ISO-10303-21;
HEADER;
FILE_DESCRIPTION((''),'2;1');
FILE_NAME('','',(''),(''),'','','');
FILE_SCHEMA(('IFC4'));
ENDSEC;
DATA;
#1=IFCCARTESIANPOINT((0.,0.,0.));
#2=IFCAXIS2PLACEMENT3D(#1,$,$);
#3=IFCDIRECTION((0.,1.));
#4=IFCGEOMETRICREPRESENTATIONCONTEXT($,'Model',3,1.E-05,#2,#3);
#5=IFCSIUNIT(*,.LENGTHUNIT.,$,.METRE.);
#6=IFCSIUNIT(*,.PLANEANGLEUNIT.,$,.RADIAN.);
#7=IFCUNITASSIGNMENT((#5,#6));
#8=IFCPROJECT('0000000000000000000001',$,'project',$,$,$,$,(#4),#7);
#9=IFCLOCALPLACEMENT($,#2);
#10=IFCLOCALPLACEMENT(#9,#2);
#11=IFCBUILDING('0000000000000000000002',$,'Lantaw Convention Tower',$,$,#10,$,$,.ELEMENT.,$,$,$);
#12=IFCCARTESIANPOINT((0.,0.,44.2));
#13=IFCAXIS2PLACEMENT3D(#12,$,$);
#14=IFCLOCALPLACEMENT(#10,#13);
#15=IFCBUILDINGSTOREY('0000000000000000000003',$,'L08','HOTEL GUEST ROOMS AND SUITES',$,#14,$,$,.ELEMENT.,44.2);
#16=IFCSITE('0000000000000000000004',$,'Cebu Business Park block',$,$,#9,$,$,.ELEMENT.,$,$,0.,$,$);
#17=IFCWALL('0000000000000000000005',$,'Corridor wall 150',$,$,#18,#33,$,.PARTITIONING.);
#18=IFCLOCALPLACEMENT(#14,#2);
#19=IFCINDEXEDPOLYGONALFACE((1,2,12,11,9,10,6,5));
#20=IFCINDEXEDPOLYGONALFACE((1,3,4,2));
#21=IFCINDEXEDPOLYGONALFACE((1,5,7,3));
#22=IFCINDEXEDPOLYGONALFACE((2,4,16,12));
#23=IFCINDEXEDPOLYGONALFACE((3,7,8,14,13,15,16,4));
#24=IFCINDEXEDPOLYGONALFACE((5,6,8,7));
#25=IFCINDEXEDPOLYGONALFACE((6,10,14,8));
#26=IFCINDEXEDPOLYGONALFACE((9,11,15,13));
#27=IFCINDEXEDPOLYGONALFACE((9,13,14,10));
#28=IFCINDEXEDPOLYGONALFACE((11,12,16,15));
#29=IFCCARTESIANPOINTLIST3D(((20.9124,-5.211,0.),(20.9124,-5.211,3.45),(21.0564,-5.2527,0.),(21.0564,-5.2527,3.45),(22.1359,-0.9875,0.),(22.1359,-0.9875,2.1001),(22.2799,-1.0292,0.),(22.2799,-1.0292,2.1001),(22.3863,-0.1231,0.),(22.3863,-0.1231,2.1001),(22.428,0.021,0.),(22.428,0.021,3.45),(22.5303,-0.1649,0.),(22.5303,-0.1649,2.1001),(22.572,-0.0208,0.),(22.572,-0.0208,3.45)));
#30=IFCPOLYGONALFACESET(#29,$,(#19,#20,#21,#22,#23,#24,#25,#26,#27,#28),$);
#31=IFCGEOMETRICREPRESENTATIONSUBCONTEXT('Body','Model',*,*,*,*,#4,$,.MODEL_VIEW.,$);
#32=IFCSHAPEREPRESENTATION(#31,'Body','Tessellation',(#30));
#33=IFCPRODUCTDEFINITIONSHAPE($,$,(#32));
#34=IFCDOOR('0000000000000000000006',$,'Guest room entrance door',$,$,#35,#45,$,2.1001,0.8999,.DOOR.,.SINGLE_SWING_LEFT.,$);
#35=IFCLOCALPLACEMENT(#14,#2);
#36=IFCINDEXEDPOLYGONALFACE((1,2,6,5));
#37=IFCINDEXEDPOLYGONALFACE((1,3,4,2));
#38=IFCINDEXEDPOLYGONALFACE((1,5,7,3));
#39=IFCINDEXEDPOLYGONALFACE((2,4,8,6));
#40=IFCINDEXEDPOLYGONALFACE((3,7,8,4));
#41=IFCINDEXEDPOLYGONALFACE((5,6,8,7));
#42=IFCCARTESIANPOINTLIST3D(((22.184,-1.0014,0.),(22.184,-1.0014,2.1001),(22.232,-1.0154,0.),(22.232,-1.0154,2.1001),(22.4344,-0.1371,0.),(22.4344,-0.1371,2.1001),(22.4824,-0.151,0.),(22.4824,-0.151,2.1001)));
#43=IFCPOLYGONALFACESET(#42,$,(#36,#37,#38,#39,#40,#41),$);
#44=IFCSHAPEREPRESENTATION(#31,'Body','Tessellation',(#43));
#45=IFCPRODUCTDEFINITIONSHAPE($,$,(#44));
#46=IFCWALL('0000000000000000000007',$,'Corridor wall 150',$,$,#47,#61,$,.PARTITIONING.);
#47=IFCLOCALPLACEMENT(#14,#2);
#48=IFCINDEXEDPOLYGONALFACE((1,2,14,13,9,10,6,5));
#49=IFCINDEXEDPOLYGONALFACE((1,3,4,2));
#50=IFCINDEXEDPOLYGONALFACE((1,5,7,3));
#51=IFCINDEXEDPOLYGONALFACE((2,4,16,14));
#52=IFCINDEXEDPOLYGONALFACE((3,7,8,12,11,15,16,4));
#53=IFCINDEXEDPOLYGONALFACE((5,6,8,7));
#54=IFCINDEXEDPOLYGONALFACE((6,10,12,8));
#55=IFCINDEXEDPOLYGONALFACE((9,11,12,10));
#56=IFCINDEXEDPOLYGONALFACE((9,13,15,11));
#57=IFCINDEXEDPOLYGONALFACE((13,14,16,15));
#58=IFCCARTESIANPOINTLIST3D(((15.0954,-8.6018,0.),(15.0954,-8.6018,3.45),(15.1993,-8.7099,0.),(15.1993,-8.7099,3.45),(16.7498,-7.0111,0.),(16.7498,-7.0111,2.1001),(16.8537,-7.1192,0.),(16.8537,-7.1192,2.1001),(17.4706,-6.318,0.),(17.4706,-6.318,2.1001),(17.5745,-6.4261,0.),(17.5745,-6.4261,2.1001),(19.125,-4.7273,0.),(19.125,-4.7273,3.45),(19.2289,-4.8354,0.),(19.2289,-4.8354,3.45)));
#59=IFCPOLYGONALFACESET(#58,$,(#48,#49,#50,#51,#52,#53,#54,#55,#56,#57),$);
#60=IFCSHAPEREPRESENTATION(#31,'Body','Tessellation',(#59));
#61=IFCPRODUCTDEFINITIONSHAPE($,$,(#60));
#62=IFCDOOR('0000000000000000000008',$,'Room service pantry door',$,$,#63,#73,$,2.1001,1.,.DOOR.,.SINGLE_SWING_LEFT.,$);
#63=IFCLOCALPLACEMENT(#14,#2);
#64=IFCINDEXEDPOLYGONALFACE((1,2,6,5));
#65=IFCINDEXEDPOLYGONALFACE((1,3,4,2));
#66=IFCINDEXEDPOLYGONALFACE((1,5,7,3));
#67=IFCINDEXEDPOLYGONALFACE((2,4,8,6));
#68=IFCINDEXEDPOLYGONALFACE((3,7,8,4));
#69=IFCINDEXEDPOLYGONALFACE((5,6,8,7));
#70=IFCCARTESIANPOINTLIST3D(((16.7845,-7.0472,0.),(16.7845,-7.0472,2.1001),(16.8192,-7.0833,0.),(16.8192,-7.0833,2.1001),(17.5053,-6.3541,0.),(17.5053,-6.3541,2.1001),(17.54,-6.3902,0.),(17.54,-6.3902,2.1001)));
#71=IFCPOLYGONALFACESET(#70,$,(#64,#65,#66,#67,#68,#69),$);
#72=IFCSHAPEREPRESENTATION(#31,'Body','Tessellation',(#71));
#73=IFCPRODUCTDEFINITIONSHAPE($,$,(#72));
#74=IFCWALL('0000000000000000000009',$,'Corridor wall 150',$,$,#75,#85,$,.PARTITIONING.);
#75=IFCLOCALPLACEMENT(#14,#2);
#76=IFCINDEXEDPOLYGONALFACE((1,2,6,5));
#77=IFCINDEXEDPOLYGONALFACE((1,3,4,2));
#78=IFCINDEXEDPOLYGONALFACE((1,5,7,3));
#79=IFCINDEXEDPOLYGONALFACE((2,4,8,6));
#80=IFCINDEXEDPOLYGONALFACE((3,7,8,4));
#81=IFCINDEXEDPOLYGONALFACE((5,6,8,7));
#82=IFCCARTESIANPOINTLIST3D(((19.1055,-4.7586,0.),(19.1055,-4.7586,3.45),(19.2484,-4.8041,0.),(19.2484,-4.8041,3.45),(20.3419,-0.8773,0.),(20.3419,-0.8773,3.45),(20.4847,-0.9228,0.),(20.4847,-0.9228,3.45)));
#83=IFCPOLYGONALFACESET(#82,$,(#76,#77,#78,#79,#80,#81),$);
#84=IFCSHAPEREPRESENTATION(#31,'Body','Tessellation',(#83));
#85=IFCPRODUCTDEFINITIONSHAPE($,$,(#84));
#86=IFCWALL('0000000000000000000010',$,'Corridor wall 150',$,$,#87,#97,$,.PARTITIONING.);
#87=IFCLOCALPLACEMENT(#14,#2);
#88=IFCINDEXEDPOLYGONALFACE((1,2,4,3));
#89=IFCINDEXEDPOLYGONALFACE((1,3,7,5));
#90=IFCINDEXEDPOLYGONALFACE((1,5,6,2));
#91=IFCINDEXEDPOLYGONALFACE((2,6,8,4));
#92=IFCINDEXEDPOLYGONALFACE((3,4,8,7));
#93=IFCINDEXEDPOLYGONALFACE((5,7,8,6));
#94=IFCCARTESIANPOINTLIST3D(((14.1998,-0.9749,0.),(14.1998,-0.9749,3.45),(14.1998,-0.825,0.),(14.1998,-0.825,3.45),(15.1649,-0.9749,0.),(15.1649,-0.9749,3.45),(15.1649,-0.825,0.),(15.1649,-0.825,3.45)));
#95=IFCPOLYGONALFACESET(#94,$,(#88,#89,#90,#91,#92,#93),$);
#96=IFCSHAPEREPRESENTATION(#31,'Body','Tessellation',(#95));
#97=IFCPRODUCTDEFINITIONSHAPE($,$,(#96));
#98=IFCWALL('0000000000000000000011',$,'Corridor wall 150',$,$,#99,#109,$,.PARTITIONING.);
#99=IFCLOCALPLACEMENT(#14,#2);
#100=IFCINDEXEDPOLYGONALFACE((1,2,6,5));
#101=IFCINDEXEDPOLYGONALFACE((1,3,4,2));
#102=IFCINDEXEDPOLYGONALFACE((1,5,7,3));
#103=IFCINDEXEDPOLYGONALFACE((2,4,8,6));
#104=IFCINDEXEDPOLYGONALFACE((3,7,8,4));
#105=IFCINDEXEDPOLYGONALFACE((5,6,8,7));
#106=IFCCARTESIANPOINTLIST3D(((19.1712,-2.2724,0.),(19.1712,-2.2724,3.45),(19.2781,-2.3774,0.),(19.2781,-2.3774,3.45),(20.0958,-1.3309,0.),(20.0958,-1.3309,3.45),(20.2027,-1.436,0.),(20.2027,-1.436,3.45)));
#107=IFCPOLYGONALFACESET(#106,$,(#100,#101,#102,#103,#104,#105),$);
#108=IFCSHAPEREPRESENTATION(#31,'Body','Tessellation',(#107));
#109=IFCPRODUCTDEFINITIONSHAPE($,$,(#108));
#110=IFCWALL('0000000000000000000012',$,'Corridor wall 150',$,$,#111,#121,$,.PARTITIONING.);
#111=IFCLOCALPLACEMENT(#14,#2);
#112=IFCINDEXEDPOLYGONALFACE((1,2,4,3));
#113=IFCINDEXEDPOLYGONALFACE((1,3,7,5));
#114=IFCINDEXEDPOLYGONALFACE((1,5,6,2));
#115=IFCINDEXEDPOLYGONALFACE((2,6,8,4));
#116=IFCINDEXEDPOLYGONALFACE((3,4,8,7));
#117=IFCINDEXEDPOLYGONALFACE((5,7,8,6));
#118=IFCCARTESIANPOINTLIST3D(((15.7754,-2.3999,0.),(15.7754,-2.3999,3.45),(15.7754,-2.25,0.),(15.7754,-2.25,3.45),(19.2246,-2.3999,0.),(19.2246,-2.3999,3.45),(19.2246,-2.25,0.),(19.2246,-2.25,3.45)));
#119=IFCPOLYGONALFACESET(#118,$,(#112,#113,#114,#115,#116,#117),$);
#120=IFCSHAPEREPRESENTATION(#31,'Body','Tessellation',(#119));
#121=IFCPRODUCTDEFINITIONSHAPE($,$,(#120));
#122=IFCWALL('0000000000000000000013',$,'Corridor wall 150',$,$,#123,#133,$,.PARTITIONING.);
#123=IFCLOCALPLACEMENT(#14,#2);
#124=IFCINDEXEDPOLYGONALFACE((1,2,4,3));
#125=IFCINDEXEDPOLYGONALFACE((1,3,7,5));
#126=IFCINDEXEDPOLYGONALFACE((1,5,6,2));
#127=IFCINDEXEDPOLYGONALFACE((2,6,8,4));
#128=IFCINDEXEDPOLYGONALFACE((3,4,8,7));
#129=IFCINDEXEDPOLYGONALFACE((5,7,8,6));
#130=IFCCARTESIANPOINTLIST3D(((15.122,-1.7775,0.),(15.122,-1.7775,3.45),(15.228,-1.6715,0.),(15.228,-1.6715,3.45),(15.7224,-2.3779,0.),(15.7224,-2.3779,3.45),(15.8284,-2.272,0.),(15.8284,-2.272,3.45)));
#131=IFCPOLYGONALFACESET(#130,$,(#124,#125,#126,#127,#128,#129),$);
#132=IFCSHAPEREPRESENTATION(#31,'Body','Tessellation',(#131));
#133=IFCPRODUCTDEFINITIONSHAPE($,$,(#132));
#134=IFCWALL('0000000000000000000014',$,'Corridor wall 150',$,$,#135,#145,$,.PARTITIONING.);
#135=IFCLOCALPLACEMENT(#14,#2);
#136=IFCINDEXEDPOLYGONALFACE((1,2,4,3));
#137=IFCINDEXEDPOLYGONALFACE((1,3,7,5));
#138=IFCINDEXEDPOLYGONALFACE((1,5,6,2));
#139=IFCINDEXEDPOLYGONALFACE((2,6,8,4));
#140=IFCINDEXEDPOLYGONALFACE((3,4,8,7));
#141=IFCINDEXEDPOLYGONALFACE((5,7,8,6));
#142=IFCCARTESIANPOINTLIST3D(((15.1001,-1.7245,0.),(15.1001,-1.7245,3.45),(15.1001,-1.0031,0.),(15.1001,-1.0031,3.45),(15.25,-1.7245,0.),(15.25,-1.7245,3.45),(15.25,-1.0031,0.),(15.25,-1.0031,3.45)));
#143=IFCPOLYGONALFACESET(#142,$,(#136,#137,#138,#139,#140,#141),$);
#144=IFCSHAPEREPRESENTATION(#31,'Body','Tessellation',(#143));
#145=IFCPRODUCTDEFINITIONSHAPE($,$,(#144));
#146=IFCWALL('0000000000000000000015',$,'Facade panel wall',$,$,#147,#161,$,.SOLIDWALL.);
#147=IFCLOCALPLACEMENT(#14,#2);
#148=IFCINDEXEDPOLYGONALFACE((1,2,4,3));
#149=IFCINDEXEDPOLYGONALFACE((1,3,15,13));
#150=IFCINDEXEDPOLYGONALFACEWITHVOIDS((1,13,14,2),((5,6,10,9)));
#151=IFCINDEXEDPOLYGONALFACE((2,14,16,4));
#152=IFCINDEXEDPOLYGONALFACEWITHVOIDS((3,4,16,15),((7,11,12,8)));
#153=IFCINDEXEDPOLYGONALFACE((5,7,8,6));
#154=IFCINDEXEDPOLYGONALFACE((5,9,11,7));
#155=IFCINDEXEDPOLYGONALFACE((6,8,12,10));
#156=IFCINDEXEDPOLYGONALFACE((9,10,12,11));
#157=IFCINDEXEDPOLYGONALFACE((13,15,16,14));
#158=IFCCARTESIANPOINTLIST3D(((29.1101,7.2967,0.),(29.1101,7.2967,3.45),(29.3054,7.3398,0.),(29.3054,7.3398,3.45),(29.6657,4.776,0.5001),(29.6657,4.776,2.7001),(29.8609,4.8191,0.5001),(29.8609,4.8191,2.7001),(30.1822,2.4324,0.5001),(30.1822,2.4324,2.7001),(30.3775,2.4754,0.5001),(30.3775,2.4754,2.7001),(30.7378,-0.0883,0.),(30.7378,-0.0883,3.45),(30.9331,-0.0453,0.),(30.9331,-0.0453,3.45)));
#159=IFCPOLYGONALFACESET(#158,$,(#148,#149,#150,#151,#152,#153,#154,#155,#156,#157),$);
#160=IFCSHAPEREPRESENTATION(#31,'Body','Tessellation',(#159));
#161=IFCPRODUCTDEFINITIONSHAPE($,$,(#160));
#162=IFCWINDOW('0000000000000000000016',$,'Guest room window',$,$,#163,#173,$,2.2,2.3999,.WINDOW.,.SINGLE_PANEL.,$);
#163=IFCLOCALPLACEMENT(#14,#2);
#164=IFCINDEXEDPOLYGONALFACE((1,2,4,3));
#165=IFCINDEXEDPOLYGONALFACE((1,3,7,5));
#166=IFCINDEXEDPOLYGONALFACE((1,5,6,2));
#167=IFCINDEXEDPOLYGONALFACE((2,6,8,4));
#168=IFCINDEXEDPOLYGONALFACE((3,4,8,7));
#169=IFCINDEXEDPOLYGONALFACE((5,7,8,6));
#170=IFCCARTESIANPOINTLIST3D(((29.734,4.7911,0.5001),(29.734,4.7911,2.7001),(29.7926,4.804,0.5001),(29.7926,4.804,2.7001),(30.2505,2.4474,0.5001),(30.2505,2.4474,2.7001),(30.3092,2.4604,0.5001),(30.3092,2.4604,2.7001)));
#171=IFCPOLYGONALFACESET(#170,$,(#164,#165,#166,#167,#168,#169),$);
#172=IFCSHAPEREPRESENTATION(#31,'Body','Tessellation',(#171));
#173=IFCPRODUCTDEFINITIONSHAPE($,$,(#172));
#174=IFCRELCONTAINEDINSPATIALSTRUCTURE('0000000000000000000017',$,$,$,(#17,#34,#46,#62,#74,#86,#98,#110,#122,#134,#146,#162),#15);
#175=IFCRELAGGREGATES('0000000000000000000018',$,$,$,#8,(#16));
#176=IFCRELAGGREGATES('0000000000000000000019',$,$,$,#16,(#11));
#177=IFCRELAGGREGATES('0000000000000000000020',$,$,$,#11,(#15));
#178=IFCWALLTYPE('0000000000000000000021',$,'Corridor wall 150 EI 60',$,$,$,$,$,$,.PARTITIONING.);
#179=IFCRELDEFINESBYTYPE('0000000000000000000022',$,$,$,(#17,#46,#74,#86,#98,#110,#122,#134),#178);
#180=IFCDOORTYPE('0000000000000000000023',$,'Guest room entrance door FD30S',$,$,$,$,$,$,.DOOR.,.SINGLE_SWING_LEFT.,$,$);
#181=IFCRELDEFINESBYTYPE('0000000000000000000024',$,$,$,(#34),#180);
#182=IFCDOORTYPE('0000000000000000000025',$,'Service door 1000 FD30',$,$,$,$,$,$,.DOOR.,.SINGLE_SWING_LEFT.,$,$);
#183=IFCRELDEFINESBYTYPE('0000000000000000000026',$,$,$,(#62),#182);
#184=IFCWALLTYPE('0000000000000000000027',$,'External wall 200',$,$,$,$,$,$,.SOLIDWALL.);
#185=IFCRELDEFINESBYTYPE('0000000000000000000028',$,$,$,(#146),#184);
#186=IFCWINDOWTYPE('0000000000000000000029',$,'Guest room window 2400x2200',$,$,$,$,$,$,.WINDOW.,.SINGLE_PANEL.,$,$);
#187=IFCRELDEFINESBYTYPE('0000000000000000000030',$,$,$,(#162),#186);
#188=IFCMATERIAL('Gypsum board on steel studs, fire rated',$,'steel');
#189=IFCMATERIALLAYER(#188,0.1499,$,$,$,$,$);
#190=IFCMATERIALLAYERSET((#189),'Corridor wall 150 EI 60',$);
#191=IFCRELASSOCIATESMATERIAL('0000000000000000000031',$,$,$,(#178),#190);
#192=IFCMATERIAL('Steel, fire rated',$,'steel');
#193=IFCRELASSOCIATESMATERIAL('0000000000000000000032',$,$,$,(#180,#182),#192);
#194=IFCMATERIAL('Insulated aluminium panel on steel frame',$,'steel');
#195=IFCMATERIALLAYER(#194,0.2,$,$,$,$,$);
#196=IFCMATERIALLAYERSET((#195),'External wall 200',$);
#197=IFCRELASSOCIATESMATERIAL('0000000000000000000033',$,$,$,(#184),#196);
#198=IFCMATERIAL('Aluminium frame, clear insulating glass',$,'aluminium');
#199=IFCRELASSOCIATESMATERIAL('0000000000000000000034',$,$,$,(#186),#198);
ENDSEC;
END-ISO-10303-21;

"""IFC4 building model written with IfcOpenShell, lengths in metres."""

from ifc_helpers import new_model, si_unit, direction, frame, frame_2d, origin, place, context, subcontext, project, spatial, rectangle, extrude, material, layer, layer_set, type_object, element, fill, save


model = new_model("IFC4")

# Units and contexts
model_context = context("Model", 3, precision=1e-05, world=origin(), true_north=direction((0.0, 1.0)))
body_context = subcontext(model_context, "Body", "Model", "MODEL_VIEW")
ifc_project = project(units=[si_unit("LENGTHUNIT", "METRE"), si_unit("PLANEANGLEUNIT", "RADIAN")], contexts=[model_context])

# Site, building, storey
site_placement = place(None, origin())
site = spatial("IfcSite", under=ifc_project, at=site_placement, Name="Cebu Business Park block", CompositionType="ELEMENT", RefElevation=0.0)
building_placement = place(site_placement, origin())
building = spatial("IfcBuilding", under=site, at=building_placement, Name="Lantaw Convention Tower", CompositionType="ELEMENT")
storey_placement = place(building_placement, frame((0.0, 0.0, 44.2)))
storey = spatial("IfcBuildingStorey", under=building, at=storey_placement, Name="L08", Description="HOTEL GUEST ROOMS AND SUITES", CompositionType="ELEMENT", Elevation=44.2)

# Walls, openings, doors
ifc_material_1 = material(Name="Gypsum board on steel studs, fire rated", Category="steel")
ifc_layer_1 = layer(ifc_material_1, 0.1499)
ifc_layer_set_1 = layer_set([ifc_layer_1], Name="Corridor wall 150 EI 60")
wall_type_1 = type_object("IfcWallType", Name="Corridor wall 150 EI 60", PredefinedType="PARTITIONING", material=ifc_layer_set_1)
wall_1_placement = place(storey_placement, frame((20.9844, -5.2319, 0.0), z_axis=(0.0, 0.0, 1.0), x_axis=(0.278247, 0.960509, 0.0)))
wall_1 = element("IfcWall", 1, at=wall_1_placement, inside=storey, type_object=wall_type_1, Name="Corridor wall 150", PredefinedType="PARTITIONING", context=body_context, shape_type="SweptSolid", body=[
    extrude(rectangle(XDim=5.447, YDim=0.1499, at=frame_2d((2.7236, 0.0))), origin(), (0.0, 0.0, 1.0), 3.45),
])
opening_1_placement = place(wall_1_placement, frame((4.3972, 0.0, 0.0)))
opening_1 = element("IfcOpeningElement", 2, at=opening_1_placement, cuts=wall_1, PredefinedType="OPENING", context=body_context, shape_type="SweptSolid", body=[
    extrude(rectangle(XDim=0.8999, YDim=2.1001, at=frame_2d((0.45, 1.05))), frame((0.0, 0.085, 0.0), z_axis=(0.0, -1.0, 0.0), x_axis=(1.0, 0.0, 0.0)), (0.0, 0.0, 1.0), 0.1699),
])
ifc_material_2 = material(Name="Steel, fire rated", Category="steel")
door_type_1 = type_object("IfcDoorType", Name="Guest room entrance door FD30S", OperationType="SINGLE_SWING_LEFT", PredefinedType="DOOR", material=ifc_material_2)
door_1_placement = place(opening_1_placement, origin())
door_1 = element("IfcDoor", 3, at=door_1_placement, inside=storey, type_object=door_type_1, Name="Guest room entrance door", OperationType="SINGLE_SWING_LEFT", OverallHeight=2.1001, OverallWidth=0.8999, PredefinedType="DOOR", context=body_context, shape_type="SweptSolid", body=[
    extrude(rectangle(XDim=0.8999, YDim=2.1001, at=frame_2d((0.45, 1.05))), frame((0.0, 0.0249, 0.0), z_axis=(0.0, -1.0, 0.0), x_axis=(1.0, 0.0, 0.0)), (0.0, 0.0, 1.0), 0.05),
])
fill(opening_1, door_1)
wall_2_placement = place(storey_placement, frame((15.1475, -8.6558, 0.0), z_axis=(0.0, 0.0, 1.0), x_axis=(0.720837, 0.693104, 0.0)))
wall_2 = element("IfcWall", 4, at=wall_2_placement, inside=storey, type_object=wall_type_1, Name="Corridor wall 150", PredefinedType="PARTITIONING", context=body_context, shape_type="SweptSolid", body=[
    extrude(rectangle(XDim=5.5901, YDim=0.1499, at=frame_2d((2.7949, 0.0))), origin(), (0.0, 0.0, 1.0), 3.45),
])
opening_2_placement = place(wall_2_placement, frame((2.2949, 0.0, 0.0)))
opening_2 = element("IfcOpeningElement", 5, at=opening_2_placement, cuts=wall_2, PredefinedType="OPENING", context=body_context, shape_type="SweptSolid", body=[
    extrude(rectangle(XDim=1.0, YDim=2.1001, at=frame_2d((0.5, 1.05))), frame((0.0, 0.085, 0.0), z_axis=(0.0, -1.0, 0.0), x_axis=(1.0, 0.0, 0.0)), (0.0, 0.0, 1.0), 0.1699),
])
door_type_2 = type_object("IfcDoorType", Name="Service door 1000 FD30", OperationType="SINGLE_SWING_LEFT", PredefinedType="DOOR", material=ifc_material_2)
door_2_placement = place(opening_2_placement, origin())
door_2 = element("IfcDoor", 6, at=door_2_placement, inside=storey, type_object=door_type_2, Name="Room service pantry door", OperationType="SINGLE_SWING_LEFT", OverallHeight=2.1001, OverallWidth=1.0, PredefinedType="DOOR", context=body_context, shape_type="SweptSolid", body=[
    extrude(rectangle(XDim=1.0, YDim=2.1001, at=frame_2d((0.5, 1.05))), frame((0.0, 0.0249, 0.0), z_axis=(0.0, -1.0, 0.0), x_axis=(1.0, 0.0, 0.0)), (0.0, 0.0, 1.0), 0.05),
])
fill(opening_2, door_2)

# Walls
wall_3_placement = place(storey_placement, frame((19.177, -4.7812, 0.0), z_axis=(0.0, 0.0, 1.0), x_axis=(0.303505, 0.95283, 0.0)))
element("IfcWall", 7, at=wall_3_placement, inside=storey, type_object=wall_type_1, Name="Corridor wall 150", PredefinedType="PARTITIONING", context=body_context, shape_type="SweptSolid", body=[
    extrude(rectangle(XDim=4.0735, YDim=0.1499, at=frame_2d((2.0366, 0.0))), origin(), (0.0, 0.0, 1.0), 3.45),
])
wall_4_placement = place(storey_placement, frame((14.2, -0.8999, 0.0), z_axis=(0.0, 0.0, 1.0), x_axis=(1.0, 0.0, 0.0)))
element("IfcWall", 8, at=wall_4_placement, inside=storey, type_object=wall_type_1, Name="Corridor wall 150", PredefinedType="PARTITIONING", context=body_context, shape_type="SweptSolid", body=[
    extrude(rectangle(XDim=0.9651, YDim=0.1499, at=frame_2d((0.4824, 0.0))), origin(), (0.0, 0.0, 1.0), 3.45),
])
wall_5_placement = place(storey_placement, frame((20.1492, -1.3835, 0.0), z_axis=(0.0, 0.0, 1.0), x_axis=(-0.700695, -0.713461, 0.0)))
element("IfcWall", 9, at=wall_5_placement, inside=storey, type_object=wall_type_1, Name="Corridor wall 150", PredefinedType="PARTITIONING", context=body_context, shape_type="SweptSolid", body=[
    extrude(rectangle(XDim=1.3196, YDim=0.1499, at=frame_2d((0.6597, 0.0))), origin(), (0.0, 0.0, 1.0), 3.45),
])
wall_6_placement = place(storey_placement, frame((19.2246, -2.325, 0.0), z_axis=(0.0, 0.0, 1.0), x_axis=(-1.0, 0.0, 0.0)))
element("IfcWall", 10, at=wall_6_placement, inside=storey, type_object=wall_type_1, Name="Corridor wall 150", PredefinedType="PARTITIONING", context=body_context, shape_type="SweptSolid", body=[
    extrude(rectangle(XDim=3.4492, YDim=0.1499, at=frame_2d((1.7246, 0.0))), origin(), (0.0, 0.0, 1.0), 3.45),
])
wall_7_placement = place(storey_placement, frame((15.7754, -2.325, 0.0), z_axis=(0.0, 0.0, 1.0), x_axis=(-0.707107, 0.707107, 0.0)))
element("IfcWall", 11, at=wall_7_placement, inside=storey, type_object=wall_type_1, Name="Corridor wall 150", PredefinedType="PARTITIONING", context=body_context, shape_type="SweptSolid", body=[
    extrude(rectangle(XDim=0.8491, YDim=0.1499, at=frame_2d((0.4246, 0.0))), origin(), (0.0, 0.0, 1.0), 3.45),
])
wall_8_placement = place(storey_placement, frame((15.175, -1.7246, 0.0), z_axis=(0.0, 0.0, 1.0), x_axis=(0.0, 1.0, 0.0)))
element("IfcWall", 12, at=wall_8_placement, inside=storey, type_object=wall_type_1, Name="Corridor wall 150", PredefinedType="PARTITIONING", context=body_context, shape_type="SweptSolid", body=[
    extrude(rectangle(XDim=0.7214, YDim=0.1499, at=frame_2d((0.3608, 0.0))), origin(), (0.0, 0.0, 1.0), 3.45),
])

# Wall, opening, window
ifc_material_3 = material(Name="Insulated aluminium panel on steel frame", Category="steel")
ifc_layer_2 = layer(ifc_material_3, 0.2)
ifc_layer_set_2 = layer_set([ifc_layer_2], Name="External wall 200")
wall_type_2 = type_object("IfcWallType", Name="External wall 200", PredefinedType="SOLIDWALL", material=ifc_layer_set_2)
wall_9_placement = place(storey_placement, frame((30.8354, -0.0669, 0.0), z_axis=(0.0, 0.0, 1.0), x_axis=(-0.215238, 0.976562, 0.0)))
wall_9 = element("IfcWall", 13, at=wall_9_placement, inside=storey, type_object=wall_type_2, Name="Facade panel wall", PredefinedType="SOLIDWALL", context=body_context, shape_type="SweptSolid", body=[
    extrude(rectangle(XDim=7.5623, YDim=0.2, at=frame_2d((3.7812, 0.0))), origin(), (0.0, 0.0, 1.0), 3.45),
])
opening_3_placement = place(wall_9_placement, frame((2.5813, 0.0, 0.5)))
opening_3 = element("IfcOpeningElement", 14, at=opening_3_placement, cuts=wall_9, PredefinedType="OPENING", context=body_context, shape_type="SweptSolid", body=[
    extrude(rectangle(XDim=2.3999, YDim=2.2, at=frame_2d((1.2, 1.1001))), frame((0.0, 0.1099, 0.0), z_axis=(0.0, -1.0, 0.0), x_axis=(1.0, 0.0, 0.0)), (0.0, 0.0, 1.0), 0.22),
])
ifc_material_4 = material(Name="Aluminium frame, clear insulating glass", Category="aluminium")
window_type = type_object("IfcWindowType", Name="Guest room window 2400x2200", PartitioningType="SINGLE_PANEL", PredefinedType="WINDOW", material=ifc_material_4)
window_1_placement = place(opening_3_placement, origin())
window_1 = element("IfcWindow", 15, at=window_1_placement, inside=storey, type_object=window_type, Name="Guest room window", OverallHeight=2.2, OverallWidth=2.3999, PartitioningType="SINGLE_PANEL", PredefinedType="WINDOW", context=body_context, shape_type="SweptSolid", body=[
    extrude(rectangle(XDim=2.3999, YDim=2.2, at=frame_2d((1.2, 1.1001))), frame((0.0, 0.03, 0.0), z_axis=(0.0, -1.0, 0.0), x_axis=(1.0, 0.0, 0.0)), (0.0, 0.0, 1.0), 0.0601),
])
fill(opening_3, window_1)

save(model, "model.ifc")
